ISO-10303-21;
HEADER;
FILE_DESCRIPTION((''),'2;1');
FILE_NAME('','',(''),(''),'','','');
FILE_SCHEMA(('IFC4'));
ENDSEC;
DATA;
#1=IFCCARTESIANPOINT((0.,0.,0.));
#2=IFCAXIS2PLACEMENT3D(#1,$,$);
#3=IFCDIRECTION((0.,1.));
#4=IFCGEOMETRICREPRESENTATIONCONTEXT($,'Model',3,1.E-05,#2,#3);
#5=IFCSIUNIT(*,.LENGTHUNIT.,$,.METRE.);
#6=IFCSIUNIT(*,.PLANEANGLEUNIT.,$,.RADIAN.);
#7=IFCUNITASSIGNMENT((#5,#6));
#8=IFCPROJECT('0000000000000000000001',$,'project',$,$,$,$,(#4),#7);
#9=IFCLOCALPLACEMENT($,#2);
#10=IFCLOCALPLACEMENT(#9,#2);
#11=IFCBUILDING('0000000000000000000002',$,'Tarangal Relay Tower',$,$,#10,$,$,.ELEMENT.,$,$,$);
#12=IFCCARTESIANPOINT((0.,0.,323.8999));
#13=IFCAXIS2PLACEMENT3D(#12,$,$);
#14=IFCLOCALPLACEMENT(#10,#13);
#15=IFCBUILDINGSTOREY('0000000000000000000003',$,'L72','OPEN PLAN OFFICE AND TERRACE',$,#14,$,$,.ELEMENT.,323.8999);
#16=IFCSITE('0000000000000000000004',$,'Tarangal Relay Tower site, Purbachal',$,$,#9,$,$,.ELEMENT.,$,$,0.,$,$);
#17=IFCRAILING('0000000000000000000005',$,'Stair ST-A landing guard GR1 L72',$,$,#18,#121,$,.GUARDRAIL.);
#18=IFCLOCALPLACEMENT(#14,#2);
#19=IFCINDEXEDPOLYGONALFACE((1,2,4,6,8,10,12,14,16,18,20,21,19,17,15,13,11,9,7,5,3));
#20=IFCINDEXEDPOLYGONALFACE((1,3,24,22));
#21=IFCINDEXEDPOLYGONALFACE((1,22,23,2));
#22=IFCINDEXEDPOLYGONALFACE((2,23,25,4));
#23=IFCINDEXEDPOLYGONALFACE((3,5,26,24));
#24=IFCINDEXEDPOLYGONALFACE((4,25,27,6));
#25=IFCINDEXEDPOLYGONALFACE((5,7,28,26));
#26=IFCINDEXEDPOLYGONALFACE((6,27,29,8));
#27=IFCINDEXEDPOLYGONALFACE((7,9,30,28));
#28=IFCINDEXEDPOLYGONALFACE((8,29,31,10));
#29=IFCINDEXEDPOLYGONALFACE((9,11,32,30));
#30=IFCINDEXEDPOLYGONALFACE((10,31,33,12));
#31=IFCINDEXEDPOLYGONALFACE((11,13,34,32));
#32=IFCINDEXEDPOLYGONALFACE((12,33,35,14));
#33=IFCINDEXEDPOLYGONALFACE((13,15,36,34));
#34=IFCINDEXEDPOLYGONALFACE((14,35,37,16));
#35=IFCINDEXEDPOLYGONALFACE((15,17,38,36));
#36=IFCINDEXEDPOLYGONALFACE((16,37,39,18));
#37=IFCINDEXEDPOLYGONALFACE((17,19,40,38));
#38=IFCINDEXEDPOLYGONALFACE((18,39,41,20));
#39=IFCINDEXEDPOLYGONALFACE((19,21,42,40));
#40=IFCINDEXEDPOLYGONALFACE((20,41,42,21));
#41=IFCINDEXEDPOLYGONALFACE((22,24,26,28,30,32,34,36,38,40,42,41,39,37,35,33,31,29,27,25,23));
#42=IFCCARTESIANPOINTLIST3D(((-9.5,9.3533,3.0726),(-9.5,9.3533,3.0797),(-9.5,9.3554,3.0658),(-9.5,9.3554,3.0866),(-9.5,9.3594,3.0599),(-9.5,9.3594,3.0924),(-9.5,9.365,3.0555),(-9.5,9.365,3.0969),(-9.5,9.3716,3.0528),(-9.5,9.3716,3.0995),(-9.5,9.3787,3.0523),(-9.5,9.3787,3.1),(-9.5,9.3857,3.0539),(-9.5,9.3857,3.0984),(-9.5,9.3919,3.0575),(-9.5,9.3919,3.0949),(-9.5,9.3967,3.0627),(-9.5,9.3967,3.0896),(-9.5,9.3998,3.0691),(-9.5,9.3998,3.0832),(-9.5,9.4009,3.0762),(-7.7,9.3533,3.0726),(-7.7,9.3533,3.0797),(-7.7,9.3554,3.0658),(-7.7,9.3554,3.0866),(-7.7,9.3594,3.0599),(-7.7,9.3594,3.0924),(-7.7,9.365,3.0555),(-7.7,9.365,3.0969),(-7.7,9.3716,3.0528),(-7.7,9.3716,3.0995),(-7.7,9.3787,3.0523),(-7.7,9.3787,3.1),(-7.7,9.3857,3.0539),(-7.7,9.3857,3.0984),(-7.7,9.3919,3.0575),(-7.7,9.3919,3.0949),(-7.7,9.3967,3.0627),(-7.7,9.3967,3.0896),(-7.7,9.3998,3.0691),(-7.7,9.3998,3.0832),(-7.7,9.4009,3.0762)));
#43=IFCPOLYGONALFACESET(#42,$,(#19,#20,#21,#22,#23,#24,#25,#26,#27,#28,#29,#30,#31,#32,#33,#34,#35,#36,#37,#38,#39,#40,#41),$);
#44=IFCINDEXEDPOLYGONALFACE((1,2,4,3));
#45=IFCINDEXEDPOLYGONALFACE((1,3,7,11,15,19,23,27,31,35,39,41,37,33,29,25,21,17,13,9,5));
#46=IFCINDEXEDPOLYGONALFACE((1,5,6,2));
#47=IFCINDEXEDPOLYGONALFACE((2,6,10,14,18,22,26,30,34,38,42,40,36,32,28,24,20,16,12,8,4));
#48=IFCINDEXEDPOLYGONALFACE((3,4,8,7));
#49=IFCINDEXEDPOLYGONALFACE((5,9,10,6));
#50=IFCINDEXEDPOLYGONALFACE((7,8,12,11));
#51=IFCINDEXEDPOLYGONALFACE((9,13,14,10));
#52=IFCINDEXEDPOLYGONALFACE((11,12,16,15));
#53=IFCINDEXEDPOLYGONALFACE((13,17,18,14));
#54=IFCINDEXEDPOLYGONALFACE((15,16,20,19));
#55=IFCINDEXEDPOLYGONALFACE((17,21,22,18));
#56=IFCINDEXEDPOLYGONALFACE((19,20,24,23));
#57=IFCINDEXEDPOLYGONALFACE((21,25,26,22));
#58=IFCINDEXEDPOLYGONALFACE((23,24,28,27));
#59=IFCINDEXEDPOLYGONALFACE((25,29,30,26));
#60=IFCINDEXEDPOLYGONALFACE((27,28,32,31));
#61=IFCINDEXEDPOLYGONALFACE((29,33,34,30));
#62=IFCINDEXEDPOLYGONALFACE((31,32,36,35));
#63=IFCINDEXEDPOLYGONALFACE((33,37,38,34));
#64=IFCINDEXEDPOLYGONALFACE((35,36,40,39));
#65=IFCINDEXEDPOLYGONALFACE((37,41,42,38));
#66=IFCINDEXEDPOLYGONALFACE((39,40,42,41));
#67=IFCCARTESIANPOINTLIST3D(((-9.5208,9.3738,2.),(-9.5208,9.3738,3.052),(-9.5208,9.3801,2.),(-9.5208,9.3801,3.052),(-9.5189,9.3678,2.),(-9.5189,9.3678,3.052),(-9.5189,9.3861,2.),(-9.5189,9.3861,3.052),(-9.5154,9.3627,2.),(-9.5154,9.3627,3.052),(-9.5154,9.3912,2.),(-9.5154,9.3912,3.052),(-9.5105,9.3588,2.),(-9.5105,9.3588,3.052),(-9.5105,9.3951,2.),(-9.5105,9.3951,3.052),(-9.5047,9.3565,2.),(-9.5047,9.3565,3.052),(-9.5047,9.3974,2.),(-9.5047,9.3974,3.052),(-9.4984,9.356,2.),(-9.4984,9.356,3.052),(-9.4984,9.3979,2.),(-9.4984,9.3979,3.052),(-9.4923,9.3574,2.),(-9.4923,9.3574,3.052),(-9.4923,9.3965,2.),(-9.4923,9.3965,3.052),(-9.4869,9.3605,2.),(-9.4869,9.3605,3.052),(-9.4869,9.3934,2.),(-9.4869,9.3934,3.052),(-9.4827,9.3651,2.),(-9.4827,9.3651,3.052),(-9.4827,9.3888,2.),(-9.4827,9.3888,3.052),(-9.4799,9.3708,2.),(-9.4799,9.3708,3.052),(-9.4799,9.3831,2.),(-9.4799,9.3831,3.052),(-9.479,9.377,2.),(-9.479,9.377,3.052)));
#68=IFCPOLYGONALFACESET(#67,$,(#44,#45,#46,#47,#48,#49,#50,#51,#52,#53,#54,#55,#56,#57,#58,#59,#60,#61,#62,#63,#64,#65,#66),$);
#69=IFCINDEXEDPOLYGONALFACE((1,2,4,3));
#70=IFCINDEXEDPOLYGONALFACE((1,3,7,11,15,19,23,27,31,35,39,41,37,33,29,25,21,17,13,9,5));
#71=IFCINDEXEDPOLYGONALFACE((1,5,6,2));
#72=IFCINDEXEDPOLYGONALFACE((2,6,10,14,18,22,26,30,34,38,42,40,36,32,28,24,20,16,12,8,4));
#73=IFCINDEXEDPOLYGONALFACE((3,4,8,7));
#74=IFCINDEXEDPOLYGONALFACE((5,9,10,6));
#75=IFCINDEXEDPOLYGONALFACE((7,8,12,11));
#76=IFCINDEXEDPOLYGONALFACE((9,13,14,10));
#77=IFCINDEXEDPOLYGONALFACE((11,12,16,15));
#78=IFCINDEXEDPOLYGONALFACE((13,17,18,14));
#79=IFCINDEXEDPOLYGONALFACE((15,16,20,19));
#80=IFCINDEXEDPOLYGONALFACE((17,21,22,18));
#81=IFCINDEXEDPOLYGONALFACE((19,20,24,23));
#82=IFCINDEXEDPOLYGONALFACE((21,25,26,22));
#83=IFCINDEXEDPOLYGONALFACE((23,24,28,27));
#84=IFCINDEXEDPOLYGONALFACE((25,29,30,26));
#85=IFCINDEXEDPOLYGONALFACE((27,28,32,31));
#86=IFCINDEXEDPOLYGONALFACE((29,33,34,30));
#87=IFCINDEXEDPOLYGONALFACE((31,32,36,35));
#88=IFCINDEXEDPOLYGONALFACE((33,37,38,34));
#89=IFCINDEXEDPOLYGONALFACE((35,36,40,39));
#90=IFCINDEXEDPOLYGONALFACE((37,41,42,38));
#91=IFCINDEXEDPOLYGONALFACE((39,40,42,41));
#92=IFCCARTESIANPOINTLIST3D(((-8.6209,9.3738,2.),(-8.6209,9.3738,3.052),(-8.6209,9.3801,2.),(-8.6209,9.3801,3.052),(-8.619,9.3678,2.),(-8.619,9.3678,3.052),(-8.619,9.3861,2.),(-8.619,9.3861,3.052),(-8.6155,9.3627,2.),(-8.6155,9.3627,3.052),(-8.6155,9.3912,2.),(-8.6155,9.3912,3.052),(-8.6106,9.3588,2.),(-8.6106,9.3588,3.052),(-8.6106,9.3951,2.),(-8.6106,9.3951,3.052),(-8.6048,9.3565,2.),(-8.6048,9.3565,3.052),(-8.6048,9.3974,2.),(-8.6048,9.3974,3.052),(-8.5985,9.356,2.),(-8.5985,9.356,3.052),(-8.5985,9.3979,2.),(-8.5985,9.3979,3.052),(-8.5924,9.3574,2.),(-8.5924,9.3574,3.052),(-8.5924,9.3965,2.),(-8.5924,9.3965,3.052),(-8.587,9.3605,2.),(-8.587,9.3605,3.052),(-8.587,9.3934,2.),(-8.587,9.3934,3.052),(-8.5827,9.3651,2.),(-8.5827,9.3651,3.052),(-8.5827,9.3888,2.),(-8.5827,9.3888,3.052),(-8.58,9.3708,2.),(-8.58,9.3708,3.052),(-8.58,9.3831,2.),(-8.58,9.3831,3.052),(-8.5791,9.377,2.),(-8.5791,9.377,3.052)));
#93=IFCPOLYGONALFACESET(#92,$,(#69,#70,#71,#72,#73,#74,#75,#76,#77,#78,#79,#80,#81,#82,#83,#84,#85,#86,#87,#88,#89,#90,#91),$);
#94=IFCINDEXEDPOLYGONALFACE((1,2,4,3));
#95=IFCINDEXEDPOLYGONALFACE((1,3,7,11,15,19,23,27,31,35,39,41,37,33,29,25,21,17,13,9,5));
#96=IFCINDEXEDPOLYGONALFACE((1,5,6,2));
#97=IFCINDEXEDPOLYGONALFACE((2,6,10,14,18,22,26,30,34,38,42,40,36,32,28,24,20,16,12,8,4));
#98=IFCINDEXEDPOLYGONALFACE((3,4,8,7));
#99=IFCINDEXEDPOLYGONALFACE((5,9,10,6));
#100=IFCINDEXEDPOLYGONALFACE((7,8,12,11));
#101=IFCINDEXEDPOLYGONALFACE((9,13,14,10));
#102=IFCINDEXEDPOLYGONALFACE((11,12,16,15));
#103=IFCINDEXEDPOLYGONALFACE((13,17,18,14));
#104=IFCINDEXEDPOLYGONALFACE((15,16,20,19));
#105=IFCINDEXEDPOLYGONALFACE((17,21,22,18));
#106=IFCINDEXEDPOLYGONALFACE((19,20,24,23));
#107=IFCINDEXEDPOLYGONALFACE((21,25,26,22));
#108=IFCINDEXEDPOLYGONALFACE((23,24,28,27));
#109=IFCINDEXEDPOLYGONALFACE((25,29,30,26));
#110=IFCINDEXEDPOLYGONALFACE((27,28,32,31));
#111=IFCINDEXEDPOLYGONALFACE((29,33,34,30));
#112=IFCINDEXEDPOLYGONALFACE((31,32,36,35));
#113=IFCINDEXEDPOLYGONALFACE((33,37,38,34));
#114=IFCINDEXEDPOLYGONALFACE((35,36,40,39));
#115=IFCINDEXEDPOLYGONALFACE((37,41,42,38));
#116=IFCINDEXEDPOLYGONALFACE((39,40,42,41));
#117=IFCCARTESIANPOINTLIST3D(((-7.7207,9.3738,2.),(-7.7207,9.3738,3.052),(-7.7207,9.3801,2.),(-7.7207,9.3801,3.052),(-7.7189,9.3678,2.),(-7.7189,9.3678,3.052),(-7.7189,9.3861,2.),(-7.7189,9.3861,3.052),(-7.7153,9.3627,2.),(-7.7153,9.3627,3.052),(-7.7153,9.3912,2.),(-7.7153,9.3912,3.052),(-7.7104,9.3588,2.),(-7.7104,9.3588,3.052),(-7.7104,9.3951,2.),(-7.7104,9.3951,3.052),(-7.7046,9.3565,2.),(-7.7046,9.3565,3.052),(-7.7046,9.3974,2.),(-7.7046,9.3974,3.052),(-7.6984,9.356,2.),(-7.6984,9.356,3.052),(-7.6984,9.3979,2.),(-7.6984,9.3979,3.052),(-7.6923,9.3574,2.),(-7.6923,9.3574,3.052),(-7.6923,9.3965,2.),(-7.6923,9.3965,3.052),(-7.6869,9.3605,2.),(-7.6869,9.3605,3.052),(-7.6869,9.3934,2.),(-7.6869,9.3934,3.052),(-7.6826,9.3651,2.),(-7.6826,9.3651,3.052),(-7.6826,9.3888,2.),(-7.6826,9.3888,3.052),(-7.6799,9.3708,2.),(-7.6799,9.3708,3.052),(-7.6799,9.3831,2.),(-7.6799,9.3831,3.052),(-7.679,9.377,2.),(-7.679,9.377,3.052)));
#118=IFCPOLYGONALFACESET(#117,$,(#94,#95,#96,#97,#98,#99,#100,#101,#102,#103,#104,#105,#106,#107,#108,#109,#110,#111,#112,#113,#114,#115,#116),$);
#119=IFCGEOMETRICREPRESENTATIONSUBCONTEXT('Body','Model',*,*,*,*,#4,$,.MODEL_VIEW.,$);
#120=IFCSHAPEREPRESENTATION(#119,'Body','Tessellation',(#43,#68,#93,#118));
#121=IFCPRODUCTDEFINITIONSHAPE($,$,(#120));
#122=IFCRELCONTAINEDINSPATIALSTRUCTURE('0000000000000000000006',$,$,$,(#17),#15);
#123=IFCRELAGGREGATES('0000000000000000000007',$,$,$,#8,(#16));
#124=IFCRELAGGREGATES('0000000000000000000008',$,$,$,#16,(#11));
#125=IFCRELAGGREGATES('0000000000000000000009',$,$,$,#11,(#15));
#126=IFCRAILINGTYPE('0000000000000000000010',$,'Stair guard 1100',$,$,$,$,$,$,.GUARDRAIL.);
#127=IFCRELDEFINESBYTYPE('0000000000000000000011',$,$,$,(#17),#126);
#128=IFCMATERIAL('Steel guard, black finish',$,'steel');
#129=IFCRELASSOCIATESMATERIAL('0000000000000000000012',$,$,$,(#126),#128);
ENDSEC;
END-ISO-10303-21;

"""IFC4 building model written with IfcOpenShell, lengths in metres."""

from ifc_helpers import new_model, si_unit, direction, frame, origin, origin_2d, place, context, subcontext, project, spatial, circle, extrude, material, type_object, element, save


model = new_model("IFC4")

# Units and contexts
model_context = context("Model", 3, precision=1e-05, world=origin(), true_north=direction((0.0, 1.0)))
body_context = subcontext(model_context, "Body", "Model", "MODEL_VIEW")
ifc_project = project(units=[si_unit("LENGTHUNIT", "METRE"), si_unit("PLANEANGLEUNIT", "RADIAN")], contexts=[model_context])

# Site, building, storey
site_placement = place(None, origin())
site = spatial("IfcSite", under=ifc_project, at=site_placement, Name="Tarangal Relay Tower site, Purbachal", CompositionType="ELEMENT", RefElevation=0.0)
building_placement = place(site_placement, origin())
building = spatial("IfcBuilding", under=site, at=building_placement, Name="Tarangal Relay Tower", CompositionType="ELEMENT")
storey_placement = place(building_placement, frame((0.0, 0.0, 323.8999)))
storey = spatial("IfcBuildingStorey", under=building, at=storey_placement, Name="L72", Description="OPEN PLAN OFFICE AND TERRACE", CompositionType="ELEMENT", Elevation=323.8999)

# Railing
ifc_material_1 = material(Name="Steel guard, black finish", Category="steel")
railing_type_1 = type_object("IfcRailingType", Name="Stair guard 1100", PredefinedType="GUARDRAIL", material=ifc_material_1)
railing_1_placement = place(storey_placement, frame((-9.5, 9.377, 2.0)))
element("IfcRailing", 1, at=railing_1_placement, inside=storey, type_object=railing_type_1, Name="Stair ST-A landing guard GR1 L72", PredefinedType="GUARDRAIL", context=body_context, shape_type="SweptSolid", body=[
    extrude(circle(Radius=0.0239, at=origin_2d()), frame((0.0, 0.0, 1.0762), z_axis=(1.0, 0.0, 0.0), x_axis=(0.0, 1.0, 0.0)), (0.0, 0.0, 1.0), 1.8),
    extrude(circle(Radius=0.021, at=origin_2d()), origin(), (0.0, 0.0, 1.0), 1.052),
    extrude(circle(Radius=0.021, at=origin_2d()), frame((0.8999, 0.0, 0.0)), (0.0, 0.0, 1.0), 1.052),
    extrude(circle(Radius=0.021, at=origin_2d()), frame((1.8, 0.0, 0.0)), (0.0, 0.0, 1.0), 1.052),
])

save(model, "model.ifc")
